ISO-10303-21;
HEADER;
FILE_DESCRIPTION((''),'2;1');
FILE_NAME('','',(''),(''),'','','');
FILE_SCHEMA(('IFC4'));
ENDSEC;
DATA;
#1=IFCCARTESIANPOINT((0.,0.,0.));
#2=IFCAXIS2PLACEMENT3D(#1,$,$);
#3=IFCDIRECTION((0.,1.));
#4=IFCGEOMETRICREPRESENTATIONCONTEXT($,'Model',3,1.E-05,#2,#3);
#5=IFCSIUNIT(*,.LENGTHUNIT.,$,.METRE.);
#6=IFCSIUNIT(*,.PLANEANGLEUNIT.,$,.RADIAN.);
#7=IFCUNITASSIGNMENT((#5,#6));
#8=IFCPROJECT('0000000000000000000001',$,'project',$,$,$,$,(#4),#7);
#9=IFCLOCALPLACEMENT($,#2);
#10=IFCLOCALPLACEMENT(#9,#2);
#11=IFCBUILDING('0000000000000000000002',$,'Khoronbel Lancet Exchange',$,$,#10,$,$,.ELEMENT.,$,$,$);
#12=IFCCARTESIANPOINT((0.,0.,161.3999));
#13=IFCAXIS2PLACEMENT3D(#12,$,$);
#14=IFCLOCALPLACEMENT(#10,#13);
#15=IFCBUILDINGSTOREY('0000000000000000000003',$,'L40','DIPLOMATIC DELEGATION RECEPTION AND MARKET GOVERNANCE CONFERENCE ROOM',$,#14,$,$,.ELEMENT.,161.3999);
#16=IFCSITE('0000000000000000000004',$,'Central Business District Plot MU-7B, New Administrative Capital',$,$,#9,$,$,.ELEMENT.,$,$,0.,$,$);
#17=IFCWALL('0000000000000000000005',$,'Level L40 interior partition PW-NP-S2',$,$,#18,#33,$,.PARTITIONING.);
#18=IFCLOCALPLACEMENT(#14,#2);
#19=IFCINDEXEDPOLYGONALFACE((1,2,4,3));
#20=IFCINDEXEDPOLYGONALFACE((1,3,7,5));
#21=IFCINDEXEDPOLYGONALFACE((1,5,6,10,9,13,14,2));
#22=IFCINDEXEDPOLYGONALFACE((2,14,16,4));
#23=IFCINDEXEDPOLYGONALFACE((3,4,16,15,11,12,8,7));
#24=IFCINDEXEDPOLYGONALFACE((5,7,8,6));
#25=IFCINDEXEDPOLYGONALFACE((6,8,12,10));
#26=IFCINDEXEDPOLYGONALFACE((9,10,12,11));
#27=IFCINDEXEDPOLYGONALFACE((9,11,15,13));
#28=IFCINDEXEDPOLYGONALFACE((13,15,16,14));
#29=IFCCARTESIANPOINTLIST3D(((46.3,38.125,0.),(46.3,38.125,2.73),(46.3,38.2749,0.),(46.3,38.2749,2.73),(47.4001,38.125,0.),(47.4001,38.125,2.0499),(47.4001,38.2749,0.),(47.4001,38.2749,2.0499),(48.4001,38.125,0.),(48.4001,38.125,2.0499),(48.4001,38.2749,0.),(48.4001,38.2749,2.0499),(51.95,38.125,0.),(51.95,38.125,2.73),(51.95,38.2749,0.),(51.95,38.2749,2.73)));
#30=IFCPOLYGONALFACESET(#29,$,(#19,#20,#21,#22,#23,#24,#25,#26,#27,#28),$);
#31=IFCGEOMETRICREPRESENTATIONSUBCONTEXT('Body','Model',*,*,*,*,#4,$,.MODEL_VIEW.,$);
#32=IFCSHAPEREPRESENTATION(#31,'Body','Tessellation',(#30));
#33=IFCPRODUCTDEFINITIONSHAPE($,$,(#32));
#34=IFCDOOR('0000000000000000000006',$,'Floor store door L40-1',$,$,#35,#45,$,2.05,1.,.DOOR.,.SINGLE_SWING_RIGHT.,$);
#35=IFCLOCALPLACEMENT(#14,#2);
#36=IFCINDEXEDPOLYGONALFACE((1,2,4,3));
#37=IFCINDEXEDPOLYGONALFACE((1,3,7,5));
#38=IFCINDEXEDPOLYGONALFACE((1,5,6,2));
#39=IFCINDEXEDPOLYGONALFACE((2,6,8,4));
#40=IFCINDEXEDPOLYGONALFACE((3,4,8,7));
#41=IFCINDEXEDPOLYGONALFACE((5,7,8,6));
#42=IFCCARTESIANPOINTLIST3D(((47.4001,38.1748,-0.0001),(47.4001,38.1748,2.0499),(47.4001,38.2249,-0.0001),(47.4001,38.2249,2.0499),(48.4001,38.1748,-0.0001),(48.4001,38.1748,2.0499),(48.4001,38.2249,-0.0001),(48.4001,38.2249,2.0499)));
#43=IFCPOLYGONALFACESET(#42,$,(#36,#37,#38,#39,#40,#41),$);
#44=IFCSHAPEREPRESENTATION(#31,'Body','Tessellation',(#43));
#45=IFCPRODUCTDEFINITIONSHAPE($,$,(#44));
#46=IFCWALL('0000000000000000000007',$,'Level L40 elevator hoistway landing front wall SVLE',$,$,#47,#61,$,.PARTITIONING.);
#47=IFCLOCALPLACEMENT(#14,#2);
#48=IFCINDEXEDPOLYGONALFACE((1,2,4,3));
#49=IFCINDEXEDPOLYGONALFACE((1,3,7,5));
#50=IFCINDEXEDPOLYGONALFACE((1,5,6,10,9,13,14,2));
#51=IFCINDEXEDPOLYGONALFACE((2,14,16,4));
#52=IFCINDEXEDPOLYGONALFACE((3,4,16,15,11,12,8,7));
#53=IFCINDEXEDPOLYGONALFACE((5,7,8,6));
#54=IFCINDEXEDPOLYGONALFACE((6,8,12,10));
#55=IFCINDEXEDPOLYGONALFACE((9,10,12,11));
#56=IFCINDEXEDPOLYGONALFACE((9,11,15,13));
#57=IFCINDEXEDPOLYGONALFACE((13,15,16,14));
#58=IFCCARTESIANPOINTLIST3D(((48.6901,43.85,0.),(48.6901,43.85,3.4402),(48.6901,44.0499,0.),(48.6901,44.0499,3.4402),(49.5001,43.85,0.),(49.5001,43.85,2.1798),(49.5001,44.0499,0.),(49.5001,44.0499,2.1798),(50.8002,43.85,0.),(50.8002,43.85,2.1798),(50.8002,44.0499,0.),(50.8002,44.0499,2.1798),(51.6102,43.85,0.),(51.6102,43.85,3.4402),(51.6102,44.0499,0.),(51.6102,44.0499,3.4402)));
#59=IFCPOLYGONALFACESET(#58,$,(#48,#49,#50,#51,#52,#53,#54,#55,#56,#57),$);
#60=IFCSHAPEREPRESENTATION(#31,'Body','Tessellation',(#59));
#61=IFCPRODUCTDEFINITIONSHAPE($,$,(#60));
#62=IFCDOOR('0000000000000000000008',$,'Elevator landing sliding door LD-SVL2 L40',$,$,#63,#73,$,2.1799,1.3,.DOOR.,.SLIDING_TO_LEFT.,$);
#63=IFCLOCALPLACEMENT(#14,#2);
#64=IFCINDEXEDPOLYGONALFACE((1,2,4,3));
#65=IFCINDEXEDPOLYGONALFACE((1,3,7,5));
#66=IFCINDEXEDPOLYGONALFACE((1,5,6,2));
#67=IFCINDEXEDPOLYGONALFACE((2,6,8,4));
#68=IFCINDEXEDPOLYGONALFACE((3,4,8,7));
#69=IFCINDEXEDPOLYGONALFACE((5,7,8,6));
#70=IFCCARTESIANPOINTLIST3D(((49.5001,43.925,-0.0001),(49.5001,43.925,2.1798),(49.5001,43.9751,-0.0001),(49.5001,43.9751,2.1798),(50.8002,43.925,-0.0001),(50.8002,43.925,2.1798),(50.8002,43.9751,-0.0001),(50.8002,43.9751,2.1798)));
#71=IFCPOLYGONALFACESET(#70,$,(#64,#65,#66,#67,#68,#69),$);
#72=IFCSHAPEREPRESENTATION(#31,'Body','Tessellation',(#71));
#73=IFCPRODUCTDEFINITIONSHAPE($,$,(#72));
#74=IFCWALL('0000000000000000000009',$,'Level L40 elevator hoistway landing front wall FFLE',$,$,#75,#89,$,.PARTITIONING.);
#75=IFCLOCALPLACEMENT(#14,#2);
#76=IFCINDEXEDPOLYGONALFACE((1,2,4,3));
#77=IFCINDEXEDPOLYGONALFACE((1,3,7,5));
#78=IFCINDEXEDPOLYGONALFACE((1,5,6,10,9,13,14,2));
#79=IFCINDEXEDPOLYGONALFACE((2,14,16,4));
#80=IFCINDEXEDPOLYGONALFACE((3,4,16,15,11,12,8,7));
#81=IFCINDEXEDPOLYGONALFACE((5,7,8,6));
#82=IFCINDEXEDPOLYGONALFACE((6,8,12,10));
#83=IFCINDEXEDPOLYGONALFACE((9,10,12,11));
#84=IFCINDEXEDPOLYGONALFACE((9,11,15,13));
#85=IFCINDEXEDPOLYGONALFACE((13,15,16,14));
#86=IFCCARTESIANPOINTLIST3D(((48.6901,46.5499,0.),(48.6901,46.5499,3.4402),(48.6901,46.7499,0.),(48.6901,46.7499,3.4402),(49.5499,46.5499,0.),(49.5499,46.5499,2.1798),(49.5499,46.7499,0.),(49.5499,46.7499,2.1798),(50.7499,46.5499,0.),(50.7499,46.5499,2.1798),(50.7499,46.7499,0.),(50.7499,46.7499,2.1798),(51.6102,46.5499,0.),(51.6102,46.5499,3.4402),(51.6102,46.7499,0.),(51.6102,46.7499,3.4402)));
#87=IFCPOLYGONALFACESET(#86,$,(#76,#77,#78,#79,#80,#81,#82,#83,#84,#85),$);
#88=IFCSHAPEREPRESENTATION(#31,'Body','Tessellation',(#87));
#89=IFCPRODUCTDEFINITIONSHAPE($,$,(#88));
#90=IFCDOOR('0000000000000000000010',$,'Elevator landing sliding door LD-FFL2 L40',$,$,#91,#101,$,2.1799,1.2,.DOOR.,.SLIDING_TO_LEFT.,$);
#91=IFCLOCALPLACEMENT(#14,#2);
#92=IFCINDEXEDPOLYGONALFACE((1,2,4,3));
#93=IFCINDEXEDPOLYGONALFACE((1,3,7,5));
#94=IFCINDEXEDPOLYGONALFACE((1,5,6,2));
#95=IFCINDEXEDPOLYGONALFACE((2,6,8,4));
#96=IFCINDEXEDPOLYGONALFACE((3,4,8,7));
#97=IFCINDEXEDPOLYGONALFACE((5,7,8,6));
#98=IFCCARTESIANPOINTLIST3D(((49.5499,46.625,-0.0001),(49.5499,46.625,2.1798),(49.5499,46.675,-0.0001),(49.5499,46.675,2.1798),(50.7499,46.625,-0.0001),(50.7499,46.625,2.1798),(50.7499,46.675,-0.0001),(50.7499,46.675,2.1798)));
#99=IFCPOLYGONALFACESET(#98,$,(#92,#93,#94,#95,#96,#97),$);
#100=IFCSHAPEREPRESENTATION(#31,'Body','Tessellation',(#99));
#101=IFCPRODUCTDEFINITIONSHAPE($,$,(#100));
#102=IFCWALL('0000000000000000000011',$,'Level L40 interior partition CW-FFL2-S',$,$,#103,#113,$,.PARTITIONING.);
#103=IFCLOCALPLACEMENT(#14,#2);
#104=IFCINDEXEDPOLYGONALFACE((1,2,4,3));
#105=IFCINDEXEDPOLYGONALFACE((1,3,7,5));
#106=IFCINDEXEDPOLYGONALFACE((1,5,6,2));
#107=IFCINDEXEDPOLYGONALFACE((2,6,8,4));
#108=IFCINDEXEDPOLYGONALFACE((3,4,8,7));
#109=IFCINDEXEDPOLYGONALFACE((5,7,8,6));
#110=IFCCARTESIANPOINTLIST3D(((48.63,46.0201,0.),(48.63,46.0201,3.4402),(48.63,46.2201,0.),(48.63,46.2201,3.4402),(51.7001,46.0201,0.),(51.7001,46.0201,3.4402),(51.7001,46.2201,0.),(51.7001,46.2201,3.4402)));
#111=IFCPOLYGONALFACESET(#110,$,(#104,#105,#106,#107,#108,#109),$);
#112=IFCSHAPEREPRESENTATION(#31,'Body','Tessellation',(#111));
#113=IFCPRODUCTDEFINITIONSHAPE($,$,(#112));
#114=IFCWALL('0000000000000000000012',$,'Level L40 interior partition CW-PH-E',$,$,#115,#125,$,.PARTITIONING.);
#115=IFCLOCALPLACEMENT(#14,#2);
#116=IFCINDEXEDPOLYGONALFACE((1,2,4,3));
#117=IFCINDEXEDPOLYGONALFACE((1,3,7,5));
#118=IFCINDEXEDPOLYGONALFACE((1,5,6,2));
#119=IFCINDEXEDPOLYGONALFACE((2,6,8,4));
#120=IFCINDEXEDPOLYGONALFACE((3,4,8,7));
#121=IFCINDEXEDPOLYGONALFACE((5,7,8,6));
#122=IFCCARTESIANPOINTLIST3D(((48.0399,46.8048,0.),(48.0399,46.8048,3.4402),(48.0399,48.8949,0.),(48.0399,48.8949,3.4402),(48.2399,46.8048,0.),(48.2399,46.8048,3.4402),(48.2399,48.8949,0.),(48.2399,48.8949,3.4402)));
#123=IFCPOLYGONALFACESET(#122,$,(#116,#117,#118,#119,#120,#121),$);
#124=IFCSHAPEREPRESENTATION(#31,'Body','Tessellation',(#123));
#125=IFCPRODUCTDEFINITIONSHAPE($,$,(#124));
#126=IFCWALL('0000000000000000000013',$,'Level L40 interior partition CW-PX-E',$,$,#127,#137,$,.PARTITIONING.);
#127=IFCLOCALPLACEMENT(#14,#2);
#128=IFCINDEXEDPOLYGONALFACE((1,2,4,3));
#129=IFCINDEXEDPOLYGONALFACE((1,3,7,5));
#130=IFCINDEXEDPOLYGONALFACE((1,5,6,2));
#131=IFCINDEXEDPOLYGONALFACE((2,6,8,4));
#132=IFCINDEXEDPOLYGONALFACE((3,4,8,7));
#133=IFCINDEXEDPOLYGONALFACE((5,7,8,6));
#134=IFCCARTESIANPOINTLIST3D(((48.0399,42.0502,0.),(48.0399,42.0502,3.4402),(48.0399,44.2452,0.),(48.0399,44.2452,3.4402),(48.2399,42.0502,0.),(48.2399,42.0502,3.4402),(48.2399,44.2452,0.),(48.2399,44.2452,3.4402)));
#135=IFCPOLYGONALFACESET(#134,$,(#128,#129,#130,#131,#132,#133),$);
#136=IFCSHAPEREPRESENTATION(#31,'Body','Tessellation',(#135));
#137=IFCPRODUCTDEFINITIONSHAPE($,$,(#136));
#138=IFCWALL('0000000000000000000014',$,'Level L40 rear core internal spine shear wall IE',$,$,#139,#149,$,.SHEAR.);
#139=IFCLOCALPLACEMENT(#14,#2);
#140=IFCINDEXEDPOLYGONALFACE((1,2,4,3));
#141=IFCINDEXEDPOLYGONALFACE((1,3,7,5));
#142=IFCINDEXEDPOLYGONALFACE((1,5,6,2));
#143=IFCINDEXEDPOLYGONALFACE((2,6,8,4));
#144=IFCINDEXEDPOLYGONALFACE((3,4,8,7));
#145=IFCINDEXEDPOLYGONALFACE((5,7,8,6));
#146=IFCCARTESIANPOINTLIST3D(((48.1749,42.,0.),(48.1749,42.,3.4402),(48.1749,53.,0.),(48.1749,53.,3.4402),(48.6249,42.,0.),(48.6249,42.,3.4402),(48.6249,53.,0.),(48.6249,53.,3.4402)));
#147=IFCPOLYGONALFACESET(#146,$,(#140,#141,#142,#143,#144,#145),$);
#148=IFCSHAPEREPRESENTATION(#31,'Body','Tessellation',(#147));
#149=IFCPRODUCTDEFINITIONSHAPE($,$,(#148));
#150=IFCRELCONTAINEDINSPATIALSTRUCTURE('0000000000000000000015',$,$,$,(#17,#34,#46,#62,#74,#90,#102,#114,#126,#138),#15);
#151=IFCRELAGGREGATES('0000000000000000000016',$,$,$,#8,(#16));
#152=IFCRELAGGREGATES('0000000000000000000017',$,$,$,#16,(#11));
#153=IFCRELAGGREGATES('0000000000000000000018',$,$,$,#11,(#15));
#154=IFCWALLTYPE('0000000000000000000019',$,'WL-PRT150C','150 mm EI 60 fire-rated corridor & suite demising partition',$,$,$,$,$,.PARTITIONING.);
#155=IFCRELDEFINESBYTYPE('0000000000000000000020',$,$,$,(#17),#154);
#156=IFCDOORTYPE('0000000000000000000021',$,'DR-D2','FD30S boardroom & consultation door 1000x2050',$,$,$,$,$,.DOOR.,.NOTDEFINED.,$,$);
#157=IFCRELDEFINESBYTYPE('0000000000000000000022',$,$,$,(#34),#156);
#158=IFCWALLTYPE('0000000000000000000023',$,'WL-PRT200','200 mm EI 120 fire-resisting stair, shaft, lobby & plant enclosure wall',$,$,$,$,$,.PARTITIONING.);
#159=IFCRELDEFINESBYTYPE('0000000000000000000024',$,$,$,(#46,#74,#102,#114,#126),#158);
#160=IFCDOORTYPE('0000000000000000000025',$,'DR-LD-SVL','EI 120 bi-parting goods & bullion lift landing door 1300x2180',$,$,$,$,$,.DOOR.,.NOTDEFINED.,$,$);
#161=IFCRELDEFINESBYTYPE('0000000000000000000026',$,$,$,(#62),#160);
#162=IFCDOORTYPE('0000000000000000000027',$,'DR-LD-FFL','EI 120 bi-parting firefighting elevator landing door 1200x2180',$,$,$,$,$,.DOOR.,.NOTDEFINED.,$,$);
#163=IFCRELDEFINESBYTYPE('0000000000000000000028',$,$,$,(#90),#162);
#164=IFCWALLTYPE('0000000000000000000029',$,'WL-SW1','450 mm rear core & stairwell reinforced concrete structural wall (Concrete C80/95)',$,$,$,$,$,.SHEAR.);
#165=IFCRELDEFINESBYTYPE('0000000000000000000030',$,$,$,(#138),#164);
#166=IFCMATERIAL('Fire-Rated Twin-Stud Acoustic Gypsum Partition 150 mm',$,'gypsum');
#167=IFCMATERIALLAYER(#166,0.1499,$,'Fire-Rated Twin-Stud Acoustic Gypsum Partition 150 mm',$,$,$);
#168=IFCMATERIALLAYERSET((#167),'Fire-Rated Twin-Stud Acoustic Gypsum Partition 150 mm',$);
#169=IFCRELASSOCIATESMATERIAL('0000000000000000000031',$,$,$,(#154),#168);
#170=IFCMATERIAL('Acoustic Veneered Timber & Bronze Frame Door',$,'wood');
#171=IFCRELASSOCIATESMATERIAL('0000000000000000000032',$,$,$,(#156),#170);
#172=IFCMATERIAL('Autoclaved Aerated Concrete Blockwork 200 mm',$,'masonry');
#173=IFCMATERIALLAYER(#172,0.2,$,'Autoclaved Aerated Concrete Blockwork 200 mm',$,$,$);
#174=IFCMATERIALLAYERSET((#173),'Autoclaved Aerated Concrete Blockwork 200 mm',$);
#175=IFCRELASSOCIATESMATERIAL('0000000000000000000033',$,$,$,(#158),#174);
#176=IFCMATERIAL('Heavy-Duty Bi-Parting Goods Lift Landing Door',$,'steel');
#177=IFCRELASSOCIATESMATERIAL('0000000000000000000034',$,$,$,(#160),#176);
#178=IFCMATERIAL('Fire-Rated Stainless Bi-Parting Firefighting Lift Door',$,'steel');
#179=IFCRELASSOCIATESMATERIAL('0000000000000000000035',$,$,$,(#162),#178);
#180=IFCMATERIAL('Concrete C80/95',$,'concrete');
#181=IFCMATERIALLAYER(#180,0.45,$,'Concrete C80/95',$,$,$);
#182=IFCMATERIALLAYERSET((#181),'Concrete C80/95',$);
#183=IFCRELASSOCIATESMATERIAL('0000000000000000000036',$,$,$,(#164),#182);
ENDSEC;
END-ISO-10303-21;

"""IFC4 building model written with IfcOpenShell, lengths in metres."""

from ifc_helpers import new_model, si_unit, direction, frame, frame_2d, origin, place, context, subcontext, project, spatial, rectangle, extrude, material, layer, layer_set, type_object, element, fill, save


model = new_model("IFC4")

# Units and contexts
model_context = context("Model", 3, precision=1e-05, world=origin(), true_north=direction((0.0, 1.0)))
body_context = subcontext(model_context, "Body", "Model", "MODEL_VIEW")
ifc_project = project(units=[si_unit("LENGTHUNIT", "METRE"), si_unit("PLANEANGLEUNIT", "RADIAN")], contexts=[model_context])

# Site, building, storey
site_placement = place(None, origin())
site = spatial("IfcSite", under=ifc_project, at=site_placement, Name="Central Business District Plot MU-7B, New Administrative Capital", CompositionType="ELEMENT", RefElevation=0.0)
building_placement = place(site_placement, origin())
building = spatial("IfcBuilding", under=site, at=building_placement, Name="Khoronbel Lancet Exchange", CompositionType="ELEMENT")
storey_placement = place(building_placement, frame((0.0, 0.0, 161.3999)))
storey = spatial("IfcBuildingStorey", under=building, at=storey_placement, Name="L40", Description="DIPLOMATIC DELEGATION RECEPTION AND MARKET GOVERNANCE CONFERENCE ROOM", CompositionType="ELEMENT", Elevation=161.3999)

# Walls, openings, doors
ifc_material_1 = material(Name="Fire-Rated Twin-Stud Acoustic Gypsum Partition 150 mm", Category="gypsum")
ifc_layer_1 = layer(ifc_material_1, 0.1499, Name="Fire-Rated Twin-Stud Acoustic Gypsum Partition 150 mm")
ifc_layer_set_1 = layer_set([ifc_layer_1], Name="Fire-Rated Twin-Stud Acoustic Gypsum Partition 150 mm")
wall_type_1 = type_object("IfcWallType", Name="WL-PRT150C", Description="150 mm EI 60 fire-rated corridor & suite demising partition", PredefinedType="PARTITIONING", material=ifc_layer_set_1)
wall_1_placement = place(storey_placement, frame((46.3, 38.2, 0.0), z_axis=(0.0, 0.0, 1.0), x_axis=(1.0, 0.0, 0.0)))
wall_1 = element("IfcWall", 1, at=wall_1_placement, inside=storey, type_object=wall_type_1, Name="Level L40 interior partition PW-NP-S2", PredefinedType="PARTITIONING", context=body_context, shape_type="SweptSolid", body=[
    extrude(rectangle(XDim=5.6499, YDim=0.1499, at=frame_2d((2.825, 0.0))), origin(), (0.0, 0.0, 1.0), 2.73),
])
opening_1_placement = place(wall_1_placement, frame((1.1001, 0.0, 0.0)))
opening_1 = element("IfcOpeningElement", 2, at=opening_1_placement, cuts=wall_1, PredefinedType="OPENING", context=body_context, shape_type="SweptSolid", body=[
    extrude(rectangle(XDim=1.0, YDim=2.05, at=frame_2d((0.5, 1.0249))), frame((0.0, 0.085, 0.0), z_axis=(0.0, -1.0, 0.0), x_axis=(1.0, 0.0, 0.0)), (0.0, 0.0, 1.0), 0.1699),
])
ifc_material_2 = material(Name="Acoustic Veneered Timber & Bronze Frame Door", Category="wood")
door_type_1 = type_object("IfcDoorType", Name="DR-D2", Description="FD30S boardroom & consultation door 1000x2050", OperationType="NOTDEFINED", PredefinedType="DOOR", material=ifc_material_2)
door_1_placement = place(opening_1_placement, origin())
door_1 = element("IfcDoor", 3, at=door_1_placement, inside=storey, type_object=door_type_1, Name="Floor store door L40-1", OperationType="SINGLE_SWING_RIGHT", OverallHeight=2.05, OverallWidth=1.0, PredefinedType="DOOR", context=body_context, shape_type="SweptSolid", body=[
    extrude(rectangle(XDim=1.0, YDim=2.05, at=frame_2d((0.5, 1.0249))), frame((0.0, 0.0249, 0.0), z_axis=(0.0, -1.0, 0.0), x_axis=(1.0, 0.0, 0.0)), (0.0, 0.0, 1.0), 0.05),
])
fill(opening_1, door_1)
ifc_material_3 = material(Name="Autoclaved Aerated Concrete Blockwork 200 mm", Category="masonry")
ifc_layer_2 = layer(ifc_material_3, 0.2, Name="Autoclaved Aerated Concrete Blockwork 200 mm")
ifc_layer_set_2 = layer_set([ifc_layer_2], Name="Autoclaved Aerated Concrete Blockwork 200 mm")
wall_type_2 = type_object("IfcWallType", Name="WL-PRT200", Description="200 mm EI 120 fire-resisting stair, shaft, lobby & plant enclosure wall", PredefinedType="PARTITIONING", material=ifc_layer_set_2)
wall_2_placement = place(storey_placement, frame((51.6101, 43.95, 0.0), z_axis=(0.0, 0.0, 1.0), x_axis=(-1.0, 0.0, 0.0)))
wall_2 = element("IfcWall", 4, at=wall_2_placement, inside=storey, type_object=wall_type_2, Name="Level L40 elevator hoistway landing front wall SVLE", PredefinedType="PARTITIONING", context=body_context, shape_type="SweptSolid", body=[
    extrude(rectangle(XDim=2.9202, YDim=0.2, at=frame_2d((1.46, 0.0))), origin(), (0.0, 0.0, 1.0), 3.4402),
])
opening_2_placement = place(wall_2_placement, frame((0.8101, 0.0, 0.0)))
opening_2 = element("IfcOpeningElement", 5, at=opening_2_placement, cuts=wall_2, PredefinedType="OPENING", context=body_context, shape_type="SweptSolid", body=[
    extrude(rectangle(XDim=1.3, YDim=2.1799, at=frame_2d((0.6499, 1.0898))), frame((0.0, 0.1099, 0.0), z_axis=(0.0, -1.0, 0.0), x_axis=(1.0, 0.0, 0.0)), (0.0, 0.0, 1.0), 0.22),
])
ifc_material_4 = material(Name="Heavy-Duty Bi-Parting Goods Lift Landing Door", Category="steel")
door_type_2 = type_object("IfcDoorType", Name="DR-LD-SVL", Description="EI 120 bi-parting goods & bullion lift landing door 1300x2180", OperationType="NOTDEFINED", PredefinedType="DOOR", material=ifc_material_4)
door_2_placement = place(opening_2_placement, origin())
door_2 = element("IfcDoor", 6, at=door_2_placement, inside=storey, type_object=door_type_2, Name="Elevator landing sliding door LD-SVL2 L40", OperationType="SLIDING_TO_LEFT", OverallHeight=2.1799, OverallWidth=1.3, PredefinedType="DOOR", context=body_context, shape_type="SweptSolid", body=[
    extrude(rectangle(XDim=1.3, YDim=2.1799, at=frame_2d((0.6499, 1.0898))), frame((0.0, 0.0249, 0.0), z_axis=(0.0, -1.0, 0.0), x_axis=(1.0, 0.0, 0.0)), (0.0, 0.0, 1.0), 0.05),
])
fill(opening_2, door_2)
wall_3_placement = place(storey_placement, frame((51.6101, 46.6499, 0.0), z_axis=(0.0, 0.0, 1.0), x_axis=(-1.0, 0.0, 0.0)))
wall_3 = element("IfcWall", 7, at=wall_3_placement, inside=storey, type_object=wall_type_2, Name="Level L40 elevator hoistway landing front wall FFLE", PredefinedType="PARTITIONING", context=body_context, shape_type="SweptSolid", body=[
    extrude(rectangle(XDim=2.9202, YDim=0.2, at=frame_2d((1.46, 0.0))), origin(), (0.0, 0.0, 1.0), 3.4402),
])
opening_3_placement = place(wall_3_placement, frame((0.8601, 0.0, 0.0)))
opening_3 = element("IfcOpeningElement", 8, at=opening_3_placement, cuts=wall_3, PredefinedType="OPENING", context=body_context, shape_type="SweptSolid", body=[
    extrude(rectangle(XDim=1.2, YDim=2.1799, at=frame_2d((0.6001, 1.0898))), frame((0.0, 0.1099, 0.0), z_axis=(0.0, -1.0, 0.0), x_axis=(1.0, 0.0, 0.0)), (0.0, 0.0, 1.0), 0.22),
])
ifc_material_5 = material(Name="Fire-Rated Stainless Bi-Parting Firefighting Lift Door", Category="steel")
door_type_3 = type_object("IfcDoorType", Name="DR-LD-FFL", Description="EI 120 bi-parting firefighting elevator landing door 1200x2180", OperationType="NOTDEFINED", PredefinedType="DOOR", material=ifc_material_5)
door_3_placement = place(opening_3_placement, origin())
door_3 = element("IfcDoor", 9, at=door_3_placement, inside=storey, type_object=door_type_3, Name="Elevator landing sliding door LD-FFL2 L40", OperationType="SLIDING_TO_LEFT", OverallHeight=2.1799, OverallWidth=1.2, PredefinedType="DOOR", context=body_context, shape_type="SweptSolid", body=[
    extrude(rectangle(XDim=1.2, YDim=2.1799, at=frame_2d((0.6001, 1.0898))), frame((0.0, 0.0249, 0.0), z_axis=(0.0, -1.0, 0.0), x_axis=(1.0, 0.0, 0.0)), (0.0, 0.0, 1.0), 0.05),
])
fill(opening_3, door_3)

# Wall
wall_4_placement = place(storey_placement, frame((48.6299, 46.1201, 0.0), z_axis=(0.0, 0.0, 1.0), x_axis=(1.0, 0.0, 0.0)))
element("IfcWall", 10, at=wall_4_placement, inside=storey, type_object=wall_type_2, Name="Level L40 interior partition CW-FFL2-S", PredefinedType="PARTITIONING", context=body_context, shape_type="SweptSolid", body=[
    extrude(rectangle(XDim=3.0701, YDim=0.2, at=frame_2d((1.5352, 0.0))), origin(), (0.0, 0.0, 1.0), 3.4402),
])

# Walls
wall_5_placement = place(storey_placement, frame((48.1399, 46.8049, 0.0), z_axis=(0.0, 0.0, 1.0), x_axis=(0.0, 1.0, 0.0)))
element("IfcWall", 11, at=wall_5_placement, inside=storey, type_object=wall_type_2, Name="Level L40 interior partition CW-PH-E", PredefinedType="PARTITIONING", context=body_context, shape_type="SweptSolid", body=[
    extrude(rectangle(XDim=2.0901, YDim=0.2, at=frame_2d((1.0449, 0.0))), origin(), (0.0, 0.0, 1.0), 3.4402),
])
wall_6_placement = place(storey_placement, frame((48.1399, 42.05, 0.0), z_axis=(0.0, 0.0, 1.0), x_axis=(0.0, 1.0, 0.0)))
element("IfcWall", 12, at=wall_6_placement, inside=storey, type_object=wall_type_2, Name="Level L40 interior partition CW-PX-E", PredefinedType="PARTITIONING", context=body_context, shape_type="SweptSolid", body=[
    extrude(rectangle(XDim=2.1951, YDim=0.2, at=frame_2d((1.0977, 0.0))), origin(), (0.0, 0.0, 1.0), 3.4402),
])
ifc_material_6 = material(Name="Concrete C80/95", Category="concrete")
ifc_layer_3 = layer(ifc_material_6, 0.45, Name="Concrete C80/95")
ifc_layer_set_3 = layer_set([ifc_layer_3], Name="Concrete C80/95")
wall_type_3 = type_object("IfcWallType", Name="WL-SW1", Description="450 mm rear core & stairwell reinforced concrete structural wall (Concrete C80/95)", PredefinedType="SHEAR", material=ifc_layer_set_3)
wall_7_placement = place(storey_placement, frame((48.3999, 42.0, 0.0), z_axis=(0.0, 0.0, 1.0), x_axis=(0.0, 1.0, 0.0)))
element("IfcWall", 13, at=wall_7_placement, inside=storey, type_object=wall_type_3, Name="Level L40 rear core internal spine shear wall IE", PredefinedType="SHEAR", context=body_context, shape_type="SweptSolid", body=[
    extrude(rectangle(XDim=11.0, YDim=0.45, at=frame_2d((5.5, 0.0))), origin(), (0.0, 0.0, 1.0), 3.4402),
])

save(model, "model.ifc")
